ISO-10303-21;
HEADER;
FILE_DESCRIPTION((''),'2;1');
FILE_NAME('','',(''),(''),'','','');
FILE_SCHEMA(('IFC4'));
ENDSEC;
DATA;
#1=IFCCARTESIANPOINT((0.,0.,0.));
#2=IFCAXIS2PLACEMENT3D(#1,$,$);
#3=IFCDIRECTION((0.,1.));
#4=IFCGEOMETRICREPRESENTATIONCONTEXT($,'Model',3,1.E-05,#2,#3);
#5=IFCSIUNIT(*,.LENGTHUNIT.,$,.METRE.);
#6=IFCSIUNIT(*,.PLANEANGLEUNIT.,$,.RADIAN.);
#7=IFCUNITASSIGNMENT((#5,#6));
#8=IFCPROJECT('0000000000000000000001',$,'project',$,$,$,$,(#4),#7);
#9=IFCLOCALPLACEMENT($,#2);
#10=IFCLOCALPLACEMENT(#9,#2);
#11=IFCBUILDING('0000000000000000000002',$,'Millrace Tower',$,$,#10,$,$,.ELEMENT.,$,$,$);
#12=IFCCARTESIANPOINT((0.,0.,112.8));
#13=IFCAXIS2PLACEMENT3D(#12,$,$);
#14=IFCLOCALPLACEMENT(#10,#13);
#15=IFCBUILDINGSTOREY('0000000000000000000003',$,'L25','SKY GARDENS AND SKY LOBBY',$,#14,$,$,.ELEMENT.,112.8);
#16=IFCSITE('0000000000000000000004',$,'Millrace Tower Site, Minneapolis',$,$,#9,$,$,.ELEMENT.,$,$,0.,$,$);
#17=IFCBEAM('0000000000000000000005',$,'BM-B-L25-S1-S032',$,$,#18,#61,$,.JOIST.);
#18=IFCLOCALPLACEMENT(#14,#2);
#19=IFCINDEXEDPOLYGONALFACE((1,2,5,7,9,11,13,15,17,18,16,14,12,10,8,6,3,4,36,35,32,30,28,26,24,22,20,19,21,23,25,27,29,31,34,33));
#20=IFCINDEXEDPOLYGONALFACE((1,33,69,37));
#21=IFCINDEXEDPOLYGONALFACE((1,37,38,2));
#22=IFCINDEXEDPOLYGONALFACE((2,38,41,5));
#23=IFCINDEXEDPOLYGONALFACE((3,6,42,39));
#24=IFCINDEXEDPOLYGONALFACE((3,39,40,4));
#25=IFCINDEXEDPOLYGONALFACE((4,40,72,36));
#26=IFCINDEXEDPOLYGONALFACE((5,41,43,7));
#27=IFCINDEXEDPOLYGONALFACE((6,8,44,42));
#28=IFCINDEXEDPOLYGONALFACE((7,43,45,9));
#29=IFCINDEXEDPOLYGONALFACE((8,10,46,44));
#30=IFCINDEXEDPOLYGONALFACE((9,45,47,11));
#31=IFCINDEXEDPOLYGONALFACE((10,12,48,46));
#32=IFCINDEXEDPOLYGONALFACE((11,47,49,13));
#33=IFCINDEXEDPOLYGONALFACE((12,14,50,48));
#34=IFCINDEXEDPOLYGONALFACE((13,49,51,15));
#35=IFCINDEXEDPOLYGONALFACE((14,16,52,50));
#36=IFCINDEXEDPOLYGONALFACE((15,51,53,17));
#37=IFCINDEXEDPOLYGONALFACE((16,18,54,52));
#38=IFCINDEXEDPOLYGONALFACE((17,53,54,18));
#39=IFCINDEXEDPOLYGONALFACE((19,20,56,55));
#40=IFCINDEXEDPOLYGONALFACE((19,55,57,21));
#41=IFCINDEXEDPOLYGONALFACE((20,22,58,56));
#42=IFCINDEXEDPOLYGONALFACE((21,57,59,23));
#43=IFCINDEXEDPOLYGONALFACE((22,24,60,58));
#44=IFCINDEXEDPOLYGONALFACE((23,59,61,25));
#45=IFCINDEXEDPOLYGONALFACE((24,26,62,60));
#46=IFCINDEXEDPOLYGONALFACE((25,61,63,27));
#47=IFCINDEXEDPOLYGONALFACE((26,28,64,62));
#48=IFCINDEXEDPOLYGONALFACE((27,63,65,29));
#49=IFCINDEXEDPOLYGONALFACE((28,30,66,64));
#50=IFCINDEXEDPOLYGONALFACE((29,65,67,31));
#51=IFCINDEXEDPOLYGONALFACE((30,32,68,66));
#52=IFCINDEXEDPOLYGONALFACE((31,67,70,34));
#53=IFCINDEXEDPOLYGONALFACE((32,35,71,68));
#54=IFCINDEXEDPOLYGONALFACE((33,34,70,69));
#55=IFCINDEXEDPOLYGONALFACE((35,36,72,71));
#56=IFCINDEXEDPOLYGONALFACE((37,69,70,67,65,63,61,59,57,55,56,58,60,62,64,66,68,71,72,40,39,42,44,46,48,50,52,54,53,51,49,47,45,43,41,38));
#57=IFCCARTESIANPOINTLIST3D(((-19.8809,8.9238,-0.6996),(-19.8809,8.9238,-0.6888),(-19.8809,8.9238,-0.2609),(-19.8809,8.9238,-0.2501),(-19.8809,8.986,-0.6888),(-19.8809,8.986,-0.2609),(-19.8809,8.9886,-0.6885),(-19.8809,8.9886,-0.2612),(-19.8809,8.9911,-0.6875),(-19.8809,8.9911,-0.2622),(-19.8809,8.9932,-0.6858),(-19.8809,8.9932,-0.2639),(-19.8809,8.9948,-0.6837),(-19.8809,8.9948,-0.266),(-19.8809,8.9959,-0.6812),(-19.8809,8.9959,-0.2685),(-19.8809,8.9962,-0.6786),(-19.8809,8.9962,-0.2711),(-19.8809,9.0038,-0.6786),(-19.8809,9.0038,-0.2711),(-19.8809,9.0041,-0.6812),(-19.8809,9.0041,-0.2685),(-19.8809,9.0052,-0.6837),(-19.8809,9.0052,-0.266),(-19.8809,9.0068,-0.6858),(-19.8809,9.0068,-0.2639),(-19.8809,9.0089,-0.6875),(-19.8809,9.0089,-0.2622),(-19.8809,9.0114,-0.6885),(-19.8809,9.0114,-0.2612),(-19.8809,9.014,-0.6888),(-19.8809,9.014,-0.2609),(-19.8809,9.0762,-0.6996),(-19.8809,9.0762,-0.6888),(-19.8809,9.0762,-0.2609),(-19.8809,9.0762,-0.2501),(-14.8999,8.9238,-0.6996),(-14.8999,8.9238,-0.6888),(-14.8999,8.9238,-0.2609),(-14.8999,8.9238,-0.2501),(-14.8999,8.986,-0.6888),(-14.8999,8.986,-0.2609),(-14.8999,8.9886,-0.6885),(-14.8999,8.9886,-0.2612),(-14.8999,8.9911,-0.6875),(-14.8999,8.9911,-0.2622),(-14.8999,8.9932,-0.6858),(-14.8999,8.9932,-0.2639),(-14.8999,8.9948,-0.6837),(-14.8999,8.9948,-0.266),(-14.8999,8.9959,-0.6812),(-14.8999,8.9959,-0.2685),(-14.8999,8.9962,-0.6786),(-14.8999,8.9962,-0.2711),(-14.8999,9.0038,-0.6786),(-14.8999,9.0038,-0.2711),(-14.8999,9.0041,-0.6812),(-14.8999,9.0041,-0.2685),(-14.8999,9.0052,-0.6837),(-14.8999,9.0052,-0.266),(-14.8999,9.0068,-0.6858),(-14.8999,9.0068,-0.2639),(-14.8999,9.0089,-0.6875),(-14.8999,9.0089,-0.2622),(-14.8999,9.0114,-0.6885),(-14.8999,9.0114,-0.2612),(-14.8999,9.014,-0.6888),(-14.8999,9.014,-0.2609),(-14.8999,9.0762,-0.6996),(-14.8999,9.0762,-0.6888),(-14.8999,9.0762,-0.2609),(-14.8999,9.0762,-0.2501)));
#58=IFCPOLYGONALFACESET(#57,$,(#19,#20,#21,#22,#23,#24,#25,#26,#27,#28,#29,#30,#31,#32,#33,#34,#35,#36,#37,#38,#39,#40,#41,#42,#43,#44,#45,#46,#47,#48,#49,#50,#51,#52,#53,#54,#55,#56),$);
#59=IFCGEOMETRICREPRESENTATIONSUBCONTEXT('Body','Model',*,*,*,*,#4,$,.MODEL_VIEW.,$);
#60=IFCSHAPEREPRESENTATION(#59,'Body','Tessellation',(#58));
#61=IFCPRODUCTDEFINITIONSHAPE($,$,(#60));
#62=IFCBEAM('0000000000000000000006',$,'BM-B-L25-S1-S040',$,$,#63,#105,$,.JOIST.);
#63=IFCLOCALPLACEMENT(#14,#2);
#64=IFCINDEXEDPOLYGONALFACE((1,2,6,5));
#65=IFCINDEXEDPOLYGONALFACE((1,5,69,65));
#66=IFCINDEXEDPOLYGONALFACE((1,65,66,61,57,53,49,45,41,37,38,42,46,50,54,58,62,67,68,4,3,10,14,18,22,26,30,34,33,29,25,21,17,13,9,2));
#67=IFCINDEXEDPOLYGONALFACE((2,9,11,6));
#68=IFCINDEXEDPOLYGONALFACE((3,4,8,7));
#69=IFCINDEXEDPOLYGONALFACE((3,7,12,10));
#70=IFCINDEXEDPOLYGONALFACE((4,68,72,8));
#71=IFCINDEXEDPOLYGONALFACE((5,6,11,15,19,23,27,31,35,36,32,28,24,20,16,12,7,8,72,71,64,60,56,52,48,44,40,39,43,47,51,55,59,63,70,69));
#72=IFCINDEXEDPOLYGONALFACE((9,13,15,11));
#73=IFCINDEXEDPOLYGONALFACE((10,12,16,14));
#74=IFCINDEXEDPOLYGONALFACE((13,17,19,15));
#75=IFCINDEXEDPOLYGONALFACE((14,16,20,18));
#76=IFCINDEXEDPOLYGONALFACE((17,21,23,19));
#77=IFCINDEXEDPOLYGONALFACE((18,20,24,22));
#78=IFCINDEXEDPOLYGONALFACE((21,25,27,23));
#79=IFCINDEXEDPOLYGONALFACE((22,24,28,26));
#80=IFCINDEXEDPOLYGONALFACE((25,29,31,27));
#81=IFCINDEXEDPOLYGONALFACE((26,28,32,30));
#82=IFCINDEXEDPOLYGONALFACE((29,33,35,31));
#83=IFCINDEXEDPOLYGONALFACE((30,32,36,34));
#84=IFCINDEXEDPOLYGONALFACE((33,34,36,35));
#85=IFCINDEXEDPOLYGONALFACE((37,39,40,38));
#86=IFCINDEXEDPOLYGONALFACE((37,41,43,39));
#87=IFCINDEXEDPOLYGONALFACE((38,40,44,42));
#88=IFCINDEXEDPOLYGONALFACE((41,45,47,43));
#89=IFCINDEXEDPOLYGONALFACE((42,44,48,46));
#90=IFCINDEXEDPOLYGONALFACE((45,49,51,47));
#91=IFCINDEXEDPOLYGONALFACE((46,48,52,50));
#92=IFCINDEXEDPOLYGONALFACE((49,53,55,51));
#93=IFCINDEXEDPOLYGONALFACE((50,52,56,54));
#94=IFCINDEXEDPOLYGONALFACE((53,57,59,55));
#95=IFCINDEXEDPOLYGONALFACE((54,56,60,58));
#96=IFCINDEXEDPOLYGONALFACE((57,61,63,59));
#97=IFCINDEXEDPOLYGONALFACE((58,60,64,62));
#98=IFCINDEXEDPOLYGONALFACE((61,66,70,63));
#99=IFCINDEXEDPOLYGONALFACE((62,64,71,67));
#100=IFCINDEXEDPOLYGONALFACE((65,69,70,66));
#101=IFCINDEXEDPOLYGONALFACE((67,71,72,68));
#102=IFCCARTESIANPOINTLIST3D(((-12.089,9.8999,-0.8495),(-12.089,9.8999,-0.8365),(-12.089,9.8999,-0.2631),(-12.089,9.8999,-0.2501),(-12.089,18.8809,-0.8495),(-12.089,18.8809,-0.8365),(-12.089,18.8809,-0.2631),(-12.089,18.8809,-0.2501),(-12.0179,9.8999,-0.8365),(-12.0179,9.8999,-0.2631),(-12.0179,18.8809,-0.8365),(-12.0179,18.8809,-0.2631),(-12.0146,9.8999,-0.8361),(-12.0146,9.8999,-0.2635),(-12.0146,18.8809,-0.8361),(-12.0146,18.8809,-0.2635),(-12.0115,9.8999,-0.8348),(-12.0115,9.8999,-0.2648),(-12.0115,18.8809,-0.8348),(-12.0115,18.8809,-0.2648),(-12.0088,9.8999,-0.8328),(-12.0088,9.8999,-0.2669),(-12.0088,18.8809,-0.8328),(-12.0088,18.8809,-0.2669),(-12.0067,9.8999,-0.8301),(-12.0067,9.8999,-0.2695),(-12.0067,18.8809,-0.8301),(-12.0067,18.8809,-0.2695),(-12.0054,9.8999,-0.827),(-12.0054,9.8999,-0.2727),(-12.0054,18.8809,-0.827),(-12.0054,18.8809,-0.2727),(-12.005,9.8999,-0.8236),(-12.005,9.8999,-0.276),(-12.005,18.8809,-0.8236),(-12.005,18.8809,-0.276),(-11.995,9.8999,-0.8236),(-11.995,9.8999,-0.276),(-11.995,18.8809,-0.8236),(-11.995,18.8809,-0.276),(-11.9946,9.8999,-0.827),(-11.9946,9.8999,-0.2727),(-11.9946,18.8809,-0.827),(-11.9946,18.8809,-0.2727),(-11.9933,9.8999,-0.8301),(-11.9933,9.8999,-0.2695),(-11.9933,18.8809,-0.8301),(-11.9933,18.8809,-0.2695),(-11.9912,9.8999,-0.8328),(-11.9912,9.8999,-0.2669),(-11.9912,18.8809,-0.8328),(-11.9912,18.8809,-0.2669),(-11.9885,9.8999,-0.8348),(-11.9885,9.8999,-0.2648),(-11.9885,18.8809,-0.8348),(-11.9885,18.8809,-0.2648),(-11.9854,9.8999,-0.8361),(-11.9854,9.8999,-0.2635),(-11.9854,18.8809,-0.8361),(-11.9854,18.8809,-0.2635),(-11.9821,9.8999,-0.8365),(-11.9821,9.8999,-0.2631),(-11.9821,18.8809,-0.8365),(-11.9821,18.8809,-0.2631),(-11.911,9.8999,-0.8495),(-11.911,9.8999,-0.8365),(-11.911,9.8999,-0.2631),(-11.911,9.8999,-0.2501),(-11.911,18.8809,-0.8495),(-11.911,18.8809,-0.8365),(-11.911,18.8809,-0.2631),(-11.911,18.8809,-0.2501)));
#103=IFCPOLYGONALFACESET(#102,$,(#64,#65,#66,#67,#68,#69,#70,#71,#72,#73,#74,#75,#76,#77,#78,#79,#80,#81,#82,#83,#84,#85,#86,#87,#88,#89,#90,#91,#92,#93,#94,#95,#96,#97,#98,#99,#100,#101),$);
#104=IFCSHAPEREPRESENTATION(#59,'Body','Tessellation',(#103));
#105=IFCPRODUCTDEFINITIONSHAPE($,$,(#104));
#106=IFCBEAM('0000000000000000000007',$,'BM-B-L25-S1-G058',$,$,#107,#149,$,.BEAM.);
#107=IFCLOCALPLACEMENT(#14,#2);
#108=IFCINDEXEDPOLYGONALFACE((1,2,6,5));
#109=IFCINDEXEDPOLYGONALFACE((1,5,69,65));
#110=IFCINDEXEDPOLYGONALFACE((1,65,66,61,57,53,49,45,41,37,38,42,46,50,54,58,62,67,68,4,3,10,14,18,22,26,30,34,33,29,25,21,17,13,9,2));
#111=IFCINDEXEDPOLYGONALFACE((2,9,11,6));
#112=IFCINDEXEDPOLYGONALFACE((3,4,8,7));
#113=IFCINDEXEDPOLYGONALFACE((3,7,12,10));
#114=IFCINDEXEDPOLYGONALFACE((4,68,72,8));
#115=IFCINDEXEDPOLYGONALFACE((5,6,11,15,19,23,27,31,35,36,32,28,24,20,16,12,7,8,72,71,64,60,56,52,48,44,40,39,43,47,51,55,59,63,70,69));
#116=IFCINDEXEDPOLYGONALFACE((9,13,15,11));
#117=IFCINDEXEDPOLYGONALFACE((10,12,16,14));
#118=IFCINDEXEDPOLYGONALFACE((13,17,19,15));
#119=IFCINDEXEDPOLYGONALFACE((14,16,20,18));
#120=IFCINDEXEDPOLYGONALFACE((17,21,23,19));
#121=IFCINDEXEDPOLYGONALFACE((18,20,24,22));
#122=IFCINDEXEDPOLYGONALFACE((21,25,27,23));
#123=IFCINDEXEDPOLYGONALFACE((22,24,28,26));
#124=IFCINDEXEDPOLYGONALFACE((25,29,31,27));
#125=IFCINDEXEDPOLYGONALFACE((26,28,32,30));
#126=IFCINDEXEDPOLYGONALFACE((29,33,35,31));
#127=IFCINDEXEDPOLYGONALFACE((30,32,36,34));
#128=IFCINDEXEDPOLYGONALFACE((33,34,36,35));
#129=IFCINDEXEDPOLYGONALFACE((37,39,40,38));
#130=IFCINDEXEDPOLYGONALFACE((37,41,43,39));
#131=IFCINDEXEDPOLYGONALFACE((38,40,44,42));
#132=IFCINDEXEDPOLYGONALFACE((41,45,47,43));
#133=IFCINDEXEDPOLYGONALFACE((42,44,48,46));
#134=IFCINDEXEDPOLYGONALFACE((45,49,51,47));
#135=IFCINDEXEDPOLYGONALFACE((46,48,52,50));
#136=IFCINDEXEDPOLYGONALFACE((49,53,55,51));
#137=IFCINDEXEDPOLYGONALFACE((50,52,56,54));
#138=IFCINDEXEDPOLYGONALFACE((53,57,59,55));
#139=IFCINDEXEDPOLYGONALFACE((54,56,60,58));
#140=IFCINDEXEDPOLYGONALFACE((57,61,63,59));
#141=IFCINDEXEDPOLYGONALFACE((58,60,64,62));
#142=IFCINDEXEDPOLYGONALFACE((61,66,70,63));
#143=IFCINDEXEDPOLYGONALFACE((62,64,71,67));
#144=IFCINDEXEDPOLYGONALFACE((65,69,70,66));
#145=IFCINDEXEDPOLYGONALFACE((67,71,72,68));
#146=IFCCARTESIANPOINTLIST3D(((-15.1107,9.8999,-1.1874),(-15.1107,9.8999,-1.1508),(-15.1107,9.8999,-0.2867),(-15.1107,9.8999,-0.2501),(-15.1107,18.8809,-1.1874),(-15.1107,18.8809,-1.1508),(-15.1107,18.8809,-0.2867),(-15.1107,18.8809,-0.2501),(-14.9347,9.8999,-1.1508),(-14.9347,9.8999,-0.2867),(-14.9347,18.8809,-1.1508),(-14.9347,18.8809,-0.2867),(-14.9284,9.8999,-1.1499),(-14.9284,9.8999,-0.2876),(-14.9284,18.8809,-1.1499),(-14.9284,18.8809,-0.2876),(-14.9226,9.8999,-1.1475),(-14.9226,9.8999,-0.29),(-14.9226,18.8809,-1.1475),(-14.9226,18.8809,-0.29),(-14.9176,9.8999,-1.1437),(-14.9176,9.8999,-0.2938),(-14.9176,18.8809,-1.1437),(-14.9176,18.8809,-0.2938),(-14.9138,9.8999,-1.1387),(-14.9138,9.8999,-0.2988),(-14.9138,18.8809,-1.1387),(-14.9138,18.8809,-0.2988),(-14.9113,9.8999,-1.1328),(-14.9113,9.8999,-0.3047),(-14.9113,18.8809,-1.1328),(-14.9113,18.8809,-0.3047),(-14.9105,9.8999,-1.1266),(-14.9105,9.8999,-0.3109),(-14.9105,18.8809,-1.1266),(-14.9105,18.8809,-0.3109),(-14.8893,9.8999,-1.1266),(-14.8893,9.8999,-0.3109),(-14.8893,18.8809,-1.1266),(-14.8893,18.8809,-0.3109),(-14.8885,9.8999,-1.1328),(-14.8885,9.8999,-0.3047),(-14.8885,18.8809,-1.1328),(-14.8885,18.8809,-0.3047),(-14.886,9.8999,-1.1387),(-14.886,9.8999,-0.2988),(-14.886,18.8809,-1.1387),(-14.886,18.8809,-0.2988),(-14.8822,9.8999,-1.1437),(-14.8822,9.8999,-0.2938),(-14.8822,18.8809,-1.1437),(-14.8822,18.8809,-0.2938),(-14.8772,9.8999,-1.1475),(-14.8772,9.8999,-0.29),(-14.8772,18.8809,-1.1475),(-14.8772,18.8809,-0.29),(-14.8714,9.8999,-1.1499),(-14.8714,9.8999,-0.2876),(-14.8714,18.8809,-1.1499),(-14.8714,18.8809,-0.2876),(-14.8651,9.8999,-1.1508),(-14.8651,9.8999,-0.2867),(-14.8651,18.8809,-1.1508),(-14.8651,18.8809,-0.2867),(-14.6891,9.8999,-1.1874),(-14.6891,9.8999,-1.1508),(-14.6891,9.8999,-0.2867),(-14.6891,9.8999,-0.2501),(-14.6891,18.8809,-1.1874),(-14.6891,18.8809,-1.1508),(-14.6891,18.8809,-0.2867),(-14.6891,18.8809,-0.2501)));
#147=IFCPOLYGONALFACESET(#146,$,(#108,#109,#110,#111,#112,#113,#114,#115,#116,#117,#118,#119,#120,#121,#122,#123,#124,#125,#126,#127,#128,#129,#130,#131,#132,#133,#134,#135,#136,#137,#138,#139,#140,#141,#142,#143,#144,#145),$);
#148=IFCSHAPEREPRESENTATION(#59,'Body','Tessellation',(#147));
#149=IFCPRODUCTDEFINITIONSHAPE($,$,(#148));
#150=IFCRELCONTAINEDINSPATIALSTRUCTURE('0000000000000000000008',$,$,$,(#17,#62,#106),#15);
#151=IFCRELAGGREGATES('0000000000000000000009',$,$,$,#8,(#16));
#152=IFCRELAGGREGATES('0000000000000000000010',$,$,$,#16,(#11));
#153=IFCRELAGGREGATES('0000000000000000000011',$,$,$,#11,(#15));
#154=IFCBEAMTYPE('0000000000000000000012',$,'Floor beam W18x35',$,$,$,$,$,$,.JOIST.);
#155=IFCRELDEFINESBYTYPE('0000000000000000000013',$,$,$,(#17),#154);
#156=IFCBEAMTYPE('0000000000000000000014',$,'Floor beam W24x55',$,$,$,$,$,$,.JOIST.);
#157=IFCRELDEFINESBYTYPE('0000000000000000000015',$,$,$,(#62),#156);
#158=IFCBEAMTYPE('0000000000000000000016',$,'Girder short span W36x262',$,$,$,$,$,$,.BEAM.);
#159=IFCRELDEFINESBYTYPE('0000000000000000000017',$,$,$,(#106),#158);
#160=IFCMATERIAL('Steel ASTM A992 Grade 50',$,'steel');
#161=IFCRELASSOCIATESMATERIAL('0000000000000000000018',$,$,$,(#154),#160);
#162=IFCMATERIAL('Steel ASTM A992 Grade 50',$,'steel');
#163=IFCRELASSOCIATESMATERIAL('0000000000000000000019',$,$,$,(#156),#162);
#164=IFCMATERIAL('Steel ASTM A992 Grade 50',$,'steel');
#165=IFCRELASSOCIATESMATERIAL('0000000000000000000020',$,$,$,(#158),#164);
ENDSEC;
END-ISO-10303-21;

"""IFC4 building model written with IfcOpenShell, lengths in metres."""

from ifc_helpers import new_model, si_unit, direction, frame, origin, origin_2d, place, context, subcontext, project, spatial, i_section, extrude, material, material_profile, profile_set, type_object, element, save


model = new_model("IFC4")

# Units and contexts
model_context = context("Model", 3, precision=1e-05, world=origin(), true_north=direction((0.0, 1.0)))
body_context = subcontext(model_context, "Body", "Model", "MODEL_VIEW")
ifc_project = project(units=[si_unit("LENGTHUNIT", "METRE"), si_unit("PLANEANGLEUNIT", "RADIAN")], contexts=[model_context])

# Site, building, storey
site_placement = place(None, origin())
site = spatial("IfcSite", under=ifc_project, at=site_placement, Name="Millrace Tower Site, Minneapolis", CompositionType="ELEMENT", RefElevation=0.0)
building_placement = place(site_placement, origin())
building = spatial("IfcBuilding", under=site, at=building_placement, Name="Millrace Tower", CompositionType="ELEMENT")
storey_placement = place(building_placement, frame((0.0, 0.0, 112.8)))
storey = spatial("IfcBuildingStorey", under=building, at=storey_placement, Name="L25", Description="SKY GARDENS AND SKY LOBBY", CompositionType="ELEMENT", Elevation=112.8)

# Beams
ifc_material_1 = material(Name="Steel ASTM A992 Grade 50", Category="steel")
ifc_material_profile_1 = material_profile(ifc_material_1, i_section(OverallWidth=0.1523, OverallDepth=0.4495, WebThickness=0.0076, FlangeThickness=0.0107, FilletRadius=0.0103, at=origin_2d()))
ifc_profile_set_1 = profile_set([ifc_material_profile_1], Name="Steel ASTM A992 Grade 50")
beam_type_1 = type_object("IfcBeamType", Name="Floor beam W18x35", PredefinedType="JOIST", material=ifc_profile_set_1)
for number, where, z_axis, x_axis, name in (
    (1, (-19.8809, 9.0, -0.4749), (1.0, 0.0, 0.0), (0.0, 1.0, 0.0), "BM-B-L25-S1-S032"),
):
    element("IfcBeam", number, at=place(storey_placement, frame(where, z_axis=z_axis, x_axis=x_axis)), inside=storey, type_object=beam_type_1, Name=name, PredefinedType="JOIST", context=body_context, shape_type="SweptSolid", body=[
        extrude(i_section(OverallWidth=0.1523, OverallDepth=0.4495, WebThickness=0.0076, FlangeThickness=0.0107, FilletRadius=0.0103, at=origin_2d()), origin(), (0.0, 0.0, 1.0), 4.981),
    ])
ifc_material_2 = material(Name="Steel ASTM A992 Grade 50", Category="steel")
ifc_material_profile_2 = material_profile(ifc_material_2, i_section(OverallWidth=0.178, OverallDepth=0.5994, WebThickness=0.01, FlangeThickness=0.0129, FilletRadius=0.0129, at=origin_2d()))
ifc_profile_set_2 = profile_set([ifc_material_profile_2], Name="Steel ASTM A992 Grade 50")
beam_type_2 = type_object("IfcBeamType", Name="Floor beam W24x55", PredefinedType="JOIST", material=ifc_profile_set_2)
beam_1_placement = place(storey_placement, frame((-12.0, 9.8999, -0.5498), z_axis=(0.0, 1.0, 0.0), x_axis=(-1.0, 0.0, 0.0)))
element("IfcBeam", 2, at=beam_1_placement, inside=storey, type_object=beam_type_2, Name="BM-B-L25-S1-S040", PredefinedType="JOIST", context=body_context, shape_type="SweptSolid", body=[
    extrude(i_section(OverallWidth=0.178, OverallDepth=0.5994, WebThickness=0.01, FlangeThickness=0.0129, FilletRadius=0.0129, at=origin_2d()), origin(), (0.0, 0.0, 1.0), 8.981),
])
ifc_material_3 = material(Name="Steel ASTM A992 Grade 50", Category="steel")
ifc_material_profile_3 = material_profile(ifc_material_3, i_section(OverallWidth=0.4216, OverallDepth=0.9373, WebThickness=0.0212, FlangeThickness=0.0366, FilletRadius=0.0242, at=origin_2d()))
ifc_profile_set_3 = profile_set([ifc_material_profile_3], Name="Steel ASTM A992 Grade 50")
beam_type_3 = type_object("IfcBeamType", Name="Girder short span W36x262", PredefinedType="BEAM", material=ifc_profile_set_3)
beam_2_placement = place(storey_placement, frame((-14.8999, 9.8999, -0.7188), z_axis=(0.0, 1.0, 0.0), x_axis=(-1.0, 0.0, 0.0)))
element("IfcBeam", 3, at=beam_2_placement, inside=storey, type_object=beam_type_3, Name="BM-B-L25-S1-G058", PredefinedType="BEAM", context=body_context, shape_type="SweptSolid", body=[
    extrude(i_section(OverallWidth=0.4216, OverallDepth=0.9373, WebThickness=0.0212, FlangeThickness=0.0366, FilletRadius=0.0242, at=origin_2d()), origin(), (0.0, 0.0, 1.0), 8.981),
])

save(model, "model.ifc")
